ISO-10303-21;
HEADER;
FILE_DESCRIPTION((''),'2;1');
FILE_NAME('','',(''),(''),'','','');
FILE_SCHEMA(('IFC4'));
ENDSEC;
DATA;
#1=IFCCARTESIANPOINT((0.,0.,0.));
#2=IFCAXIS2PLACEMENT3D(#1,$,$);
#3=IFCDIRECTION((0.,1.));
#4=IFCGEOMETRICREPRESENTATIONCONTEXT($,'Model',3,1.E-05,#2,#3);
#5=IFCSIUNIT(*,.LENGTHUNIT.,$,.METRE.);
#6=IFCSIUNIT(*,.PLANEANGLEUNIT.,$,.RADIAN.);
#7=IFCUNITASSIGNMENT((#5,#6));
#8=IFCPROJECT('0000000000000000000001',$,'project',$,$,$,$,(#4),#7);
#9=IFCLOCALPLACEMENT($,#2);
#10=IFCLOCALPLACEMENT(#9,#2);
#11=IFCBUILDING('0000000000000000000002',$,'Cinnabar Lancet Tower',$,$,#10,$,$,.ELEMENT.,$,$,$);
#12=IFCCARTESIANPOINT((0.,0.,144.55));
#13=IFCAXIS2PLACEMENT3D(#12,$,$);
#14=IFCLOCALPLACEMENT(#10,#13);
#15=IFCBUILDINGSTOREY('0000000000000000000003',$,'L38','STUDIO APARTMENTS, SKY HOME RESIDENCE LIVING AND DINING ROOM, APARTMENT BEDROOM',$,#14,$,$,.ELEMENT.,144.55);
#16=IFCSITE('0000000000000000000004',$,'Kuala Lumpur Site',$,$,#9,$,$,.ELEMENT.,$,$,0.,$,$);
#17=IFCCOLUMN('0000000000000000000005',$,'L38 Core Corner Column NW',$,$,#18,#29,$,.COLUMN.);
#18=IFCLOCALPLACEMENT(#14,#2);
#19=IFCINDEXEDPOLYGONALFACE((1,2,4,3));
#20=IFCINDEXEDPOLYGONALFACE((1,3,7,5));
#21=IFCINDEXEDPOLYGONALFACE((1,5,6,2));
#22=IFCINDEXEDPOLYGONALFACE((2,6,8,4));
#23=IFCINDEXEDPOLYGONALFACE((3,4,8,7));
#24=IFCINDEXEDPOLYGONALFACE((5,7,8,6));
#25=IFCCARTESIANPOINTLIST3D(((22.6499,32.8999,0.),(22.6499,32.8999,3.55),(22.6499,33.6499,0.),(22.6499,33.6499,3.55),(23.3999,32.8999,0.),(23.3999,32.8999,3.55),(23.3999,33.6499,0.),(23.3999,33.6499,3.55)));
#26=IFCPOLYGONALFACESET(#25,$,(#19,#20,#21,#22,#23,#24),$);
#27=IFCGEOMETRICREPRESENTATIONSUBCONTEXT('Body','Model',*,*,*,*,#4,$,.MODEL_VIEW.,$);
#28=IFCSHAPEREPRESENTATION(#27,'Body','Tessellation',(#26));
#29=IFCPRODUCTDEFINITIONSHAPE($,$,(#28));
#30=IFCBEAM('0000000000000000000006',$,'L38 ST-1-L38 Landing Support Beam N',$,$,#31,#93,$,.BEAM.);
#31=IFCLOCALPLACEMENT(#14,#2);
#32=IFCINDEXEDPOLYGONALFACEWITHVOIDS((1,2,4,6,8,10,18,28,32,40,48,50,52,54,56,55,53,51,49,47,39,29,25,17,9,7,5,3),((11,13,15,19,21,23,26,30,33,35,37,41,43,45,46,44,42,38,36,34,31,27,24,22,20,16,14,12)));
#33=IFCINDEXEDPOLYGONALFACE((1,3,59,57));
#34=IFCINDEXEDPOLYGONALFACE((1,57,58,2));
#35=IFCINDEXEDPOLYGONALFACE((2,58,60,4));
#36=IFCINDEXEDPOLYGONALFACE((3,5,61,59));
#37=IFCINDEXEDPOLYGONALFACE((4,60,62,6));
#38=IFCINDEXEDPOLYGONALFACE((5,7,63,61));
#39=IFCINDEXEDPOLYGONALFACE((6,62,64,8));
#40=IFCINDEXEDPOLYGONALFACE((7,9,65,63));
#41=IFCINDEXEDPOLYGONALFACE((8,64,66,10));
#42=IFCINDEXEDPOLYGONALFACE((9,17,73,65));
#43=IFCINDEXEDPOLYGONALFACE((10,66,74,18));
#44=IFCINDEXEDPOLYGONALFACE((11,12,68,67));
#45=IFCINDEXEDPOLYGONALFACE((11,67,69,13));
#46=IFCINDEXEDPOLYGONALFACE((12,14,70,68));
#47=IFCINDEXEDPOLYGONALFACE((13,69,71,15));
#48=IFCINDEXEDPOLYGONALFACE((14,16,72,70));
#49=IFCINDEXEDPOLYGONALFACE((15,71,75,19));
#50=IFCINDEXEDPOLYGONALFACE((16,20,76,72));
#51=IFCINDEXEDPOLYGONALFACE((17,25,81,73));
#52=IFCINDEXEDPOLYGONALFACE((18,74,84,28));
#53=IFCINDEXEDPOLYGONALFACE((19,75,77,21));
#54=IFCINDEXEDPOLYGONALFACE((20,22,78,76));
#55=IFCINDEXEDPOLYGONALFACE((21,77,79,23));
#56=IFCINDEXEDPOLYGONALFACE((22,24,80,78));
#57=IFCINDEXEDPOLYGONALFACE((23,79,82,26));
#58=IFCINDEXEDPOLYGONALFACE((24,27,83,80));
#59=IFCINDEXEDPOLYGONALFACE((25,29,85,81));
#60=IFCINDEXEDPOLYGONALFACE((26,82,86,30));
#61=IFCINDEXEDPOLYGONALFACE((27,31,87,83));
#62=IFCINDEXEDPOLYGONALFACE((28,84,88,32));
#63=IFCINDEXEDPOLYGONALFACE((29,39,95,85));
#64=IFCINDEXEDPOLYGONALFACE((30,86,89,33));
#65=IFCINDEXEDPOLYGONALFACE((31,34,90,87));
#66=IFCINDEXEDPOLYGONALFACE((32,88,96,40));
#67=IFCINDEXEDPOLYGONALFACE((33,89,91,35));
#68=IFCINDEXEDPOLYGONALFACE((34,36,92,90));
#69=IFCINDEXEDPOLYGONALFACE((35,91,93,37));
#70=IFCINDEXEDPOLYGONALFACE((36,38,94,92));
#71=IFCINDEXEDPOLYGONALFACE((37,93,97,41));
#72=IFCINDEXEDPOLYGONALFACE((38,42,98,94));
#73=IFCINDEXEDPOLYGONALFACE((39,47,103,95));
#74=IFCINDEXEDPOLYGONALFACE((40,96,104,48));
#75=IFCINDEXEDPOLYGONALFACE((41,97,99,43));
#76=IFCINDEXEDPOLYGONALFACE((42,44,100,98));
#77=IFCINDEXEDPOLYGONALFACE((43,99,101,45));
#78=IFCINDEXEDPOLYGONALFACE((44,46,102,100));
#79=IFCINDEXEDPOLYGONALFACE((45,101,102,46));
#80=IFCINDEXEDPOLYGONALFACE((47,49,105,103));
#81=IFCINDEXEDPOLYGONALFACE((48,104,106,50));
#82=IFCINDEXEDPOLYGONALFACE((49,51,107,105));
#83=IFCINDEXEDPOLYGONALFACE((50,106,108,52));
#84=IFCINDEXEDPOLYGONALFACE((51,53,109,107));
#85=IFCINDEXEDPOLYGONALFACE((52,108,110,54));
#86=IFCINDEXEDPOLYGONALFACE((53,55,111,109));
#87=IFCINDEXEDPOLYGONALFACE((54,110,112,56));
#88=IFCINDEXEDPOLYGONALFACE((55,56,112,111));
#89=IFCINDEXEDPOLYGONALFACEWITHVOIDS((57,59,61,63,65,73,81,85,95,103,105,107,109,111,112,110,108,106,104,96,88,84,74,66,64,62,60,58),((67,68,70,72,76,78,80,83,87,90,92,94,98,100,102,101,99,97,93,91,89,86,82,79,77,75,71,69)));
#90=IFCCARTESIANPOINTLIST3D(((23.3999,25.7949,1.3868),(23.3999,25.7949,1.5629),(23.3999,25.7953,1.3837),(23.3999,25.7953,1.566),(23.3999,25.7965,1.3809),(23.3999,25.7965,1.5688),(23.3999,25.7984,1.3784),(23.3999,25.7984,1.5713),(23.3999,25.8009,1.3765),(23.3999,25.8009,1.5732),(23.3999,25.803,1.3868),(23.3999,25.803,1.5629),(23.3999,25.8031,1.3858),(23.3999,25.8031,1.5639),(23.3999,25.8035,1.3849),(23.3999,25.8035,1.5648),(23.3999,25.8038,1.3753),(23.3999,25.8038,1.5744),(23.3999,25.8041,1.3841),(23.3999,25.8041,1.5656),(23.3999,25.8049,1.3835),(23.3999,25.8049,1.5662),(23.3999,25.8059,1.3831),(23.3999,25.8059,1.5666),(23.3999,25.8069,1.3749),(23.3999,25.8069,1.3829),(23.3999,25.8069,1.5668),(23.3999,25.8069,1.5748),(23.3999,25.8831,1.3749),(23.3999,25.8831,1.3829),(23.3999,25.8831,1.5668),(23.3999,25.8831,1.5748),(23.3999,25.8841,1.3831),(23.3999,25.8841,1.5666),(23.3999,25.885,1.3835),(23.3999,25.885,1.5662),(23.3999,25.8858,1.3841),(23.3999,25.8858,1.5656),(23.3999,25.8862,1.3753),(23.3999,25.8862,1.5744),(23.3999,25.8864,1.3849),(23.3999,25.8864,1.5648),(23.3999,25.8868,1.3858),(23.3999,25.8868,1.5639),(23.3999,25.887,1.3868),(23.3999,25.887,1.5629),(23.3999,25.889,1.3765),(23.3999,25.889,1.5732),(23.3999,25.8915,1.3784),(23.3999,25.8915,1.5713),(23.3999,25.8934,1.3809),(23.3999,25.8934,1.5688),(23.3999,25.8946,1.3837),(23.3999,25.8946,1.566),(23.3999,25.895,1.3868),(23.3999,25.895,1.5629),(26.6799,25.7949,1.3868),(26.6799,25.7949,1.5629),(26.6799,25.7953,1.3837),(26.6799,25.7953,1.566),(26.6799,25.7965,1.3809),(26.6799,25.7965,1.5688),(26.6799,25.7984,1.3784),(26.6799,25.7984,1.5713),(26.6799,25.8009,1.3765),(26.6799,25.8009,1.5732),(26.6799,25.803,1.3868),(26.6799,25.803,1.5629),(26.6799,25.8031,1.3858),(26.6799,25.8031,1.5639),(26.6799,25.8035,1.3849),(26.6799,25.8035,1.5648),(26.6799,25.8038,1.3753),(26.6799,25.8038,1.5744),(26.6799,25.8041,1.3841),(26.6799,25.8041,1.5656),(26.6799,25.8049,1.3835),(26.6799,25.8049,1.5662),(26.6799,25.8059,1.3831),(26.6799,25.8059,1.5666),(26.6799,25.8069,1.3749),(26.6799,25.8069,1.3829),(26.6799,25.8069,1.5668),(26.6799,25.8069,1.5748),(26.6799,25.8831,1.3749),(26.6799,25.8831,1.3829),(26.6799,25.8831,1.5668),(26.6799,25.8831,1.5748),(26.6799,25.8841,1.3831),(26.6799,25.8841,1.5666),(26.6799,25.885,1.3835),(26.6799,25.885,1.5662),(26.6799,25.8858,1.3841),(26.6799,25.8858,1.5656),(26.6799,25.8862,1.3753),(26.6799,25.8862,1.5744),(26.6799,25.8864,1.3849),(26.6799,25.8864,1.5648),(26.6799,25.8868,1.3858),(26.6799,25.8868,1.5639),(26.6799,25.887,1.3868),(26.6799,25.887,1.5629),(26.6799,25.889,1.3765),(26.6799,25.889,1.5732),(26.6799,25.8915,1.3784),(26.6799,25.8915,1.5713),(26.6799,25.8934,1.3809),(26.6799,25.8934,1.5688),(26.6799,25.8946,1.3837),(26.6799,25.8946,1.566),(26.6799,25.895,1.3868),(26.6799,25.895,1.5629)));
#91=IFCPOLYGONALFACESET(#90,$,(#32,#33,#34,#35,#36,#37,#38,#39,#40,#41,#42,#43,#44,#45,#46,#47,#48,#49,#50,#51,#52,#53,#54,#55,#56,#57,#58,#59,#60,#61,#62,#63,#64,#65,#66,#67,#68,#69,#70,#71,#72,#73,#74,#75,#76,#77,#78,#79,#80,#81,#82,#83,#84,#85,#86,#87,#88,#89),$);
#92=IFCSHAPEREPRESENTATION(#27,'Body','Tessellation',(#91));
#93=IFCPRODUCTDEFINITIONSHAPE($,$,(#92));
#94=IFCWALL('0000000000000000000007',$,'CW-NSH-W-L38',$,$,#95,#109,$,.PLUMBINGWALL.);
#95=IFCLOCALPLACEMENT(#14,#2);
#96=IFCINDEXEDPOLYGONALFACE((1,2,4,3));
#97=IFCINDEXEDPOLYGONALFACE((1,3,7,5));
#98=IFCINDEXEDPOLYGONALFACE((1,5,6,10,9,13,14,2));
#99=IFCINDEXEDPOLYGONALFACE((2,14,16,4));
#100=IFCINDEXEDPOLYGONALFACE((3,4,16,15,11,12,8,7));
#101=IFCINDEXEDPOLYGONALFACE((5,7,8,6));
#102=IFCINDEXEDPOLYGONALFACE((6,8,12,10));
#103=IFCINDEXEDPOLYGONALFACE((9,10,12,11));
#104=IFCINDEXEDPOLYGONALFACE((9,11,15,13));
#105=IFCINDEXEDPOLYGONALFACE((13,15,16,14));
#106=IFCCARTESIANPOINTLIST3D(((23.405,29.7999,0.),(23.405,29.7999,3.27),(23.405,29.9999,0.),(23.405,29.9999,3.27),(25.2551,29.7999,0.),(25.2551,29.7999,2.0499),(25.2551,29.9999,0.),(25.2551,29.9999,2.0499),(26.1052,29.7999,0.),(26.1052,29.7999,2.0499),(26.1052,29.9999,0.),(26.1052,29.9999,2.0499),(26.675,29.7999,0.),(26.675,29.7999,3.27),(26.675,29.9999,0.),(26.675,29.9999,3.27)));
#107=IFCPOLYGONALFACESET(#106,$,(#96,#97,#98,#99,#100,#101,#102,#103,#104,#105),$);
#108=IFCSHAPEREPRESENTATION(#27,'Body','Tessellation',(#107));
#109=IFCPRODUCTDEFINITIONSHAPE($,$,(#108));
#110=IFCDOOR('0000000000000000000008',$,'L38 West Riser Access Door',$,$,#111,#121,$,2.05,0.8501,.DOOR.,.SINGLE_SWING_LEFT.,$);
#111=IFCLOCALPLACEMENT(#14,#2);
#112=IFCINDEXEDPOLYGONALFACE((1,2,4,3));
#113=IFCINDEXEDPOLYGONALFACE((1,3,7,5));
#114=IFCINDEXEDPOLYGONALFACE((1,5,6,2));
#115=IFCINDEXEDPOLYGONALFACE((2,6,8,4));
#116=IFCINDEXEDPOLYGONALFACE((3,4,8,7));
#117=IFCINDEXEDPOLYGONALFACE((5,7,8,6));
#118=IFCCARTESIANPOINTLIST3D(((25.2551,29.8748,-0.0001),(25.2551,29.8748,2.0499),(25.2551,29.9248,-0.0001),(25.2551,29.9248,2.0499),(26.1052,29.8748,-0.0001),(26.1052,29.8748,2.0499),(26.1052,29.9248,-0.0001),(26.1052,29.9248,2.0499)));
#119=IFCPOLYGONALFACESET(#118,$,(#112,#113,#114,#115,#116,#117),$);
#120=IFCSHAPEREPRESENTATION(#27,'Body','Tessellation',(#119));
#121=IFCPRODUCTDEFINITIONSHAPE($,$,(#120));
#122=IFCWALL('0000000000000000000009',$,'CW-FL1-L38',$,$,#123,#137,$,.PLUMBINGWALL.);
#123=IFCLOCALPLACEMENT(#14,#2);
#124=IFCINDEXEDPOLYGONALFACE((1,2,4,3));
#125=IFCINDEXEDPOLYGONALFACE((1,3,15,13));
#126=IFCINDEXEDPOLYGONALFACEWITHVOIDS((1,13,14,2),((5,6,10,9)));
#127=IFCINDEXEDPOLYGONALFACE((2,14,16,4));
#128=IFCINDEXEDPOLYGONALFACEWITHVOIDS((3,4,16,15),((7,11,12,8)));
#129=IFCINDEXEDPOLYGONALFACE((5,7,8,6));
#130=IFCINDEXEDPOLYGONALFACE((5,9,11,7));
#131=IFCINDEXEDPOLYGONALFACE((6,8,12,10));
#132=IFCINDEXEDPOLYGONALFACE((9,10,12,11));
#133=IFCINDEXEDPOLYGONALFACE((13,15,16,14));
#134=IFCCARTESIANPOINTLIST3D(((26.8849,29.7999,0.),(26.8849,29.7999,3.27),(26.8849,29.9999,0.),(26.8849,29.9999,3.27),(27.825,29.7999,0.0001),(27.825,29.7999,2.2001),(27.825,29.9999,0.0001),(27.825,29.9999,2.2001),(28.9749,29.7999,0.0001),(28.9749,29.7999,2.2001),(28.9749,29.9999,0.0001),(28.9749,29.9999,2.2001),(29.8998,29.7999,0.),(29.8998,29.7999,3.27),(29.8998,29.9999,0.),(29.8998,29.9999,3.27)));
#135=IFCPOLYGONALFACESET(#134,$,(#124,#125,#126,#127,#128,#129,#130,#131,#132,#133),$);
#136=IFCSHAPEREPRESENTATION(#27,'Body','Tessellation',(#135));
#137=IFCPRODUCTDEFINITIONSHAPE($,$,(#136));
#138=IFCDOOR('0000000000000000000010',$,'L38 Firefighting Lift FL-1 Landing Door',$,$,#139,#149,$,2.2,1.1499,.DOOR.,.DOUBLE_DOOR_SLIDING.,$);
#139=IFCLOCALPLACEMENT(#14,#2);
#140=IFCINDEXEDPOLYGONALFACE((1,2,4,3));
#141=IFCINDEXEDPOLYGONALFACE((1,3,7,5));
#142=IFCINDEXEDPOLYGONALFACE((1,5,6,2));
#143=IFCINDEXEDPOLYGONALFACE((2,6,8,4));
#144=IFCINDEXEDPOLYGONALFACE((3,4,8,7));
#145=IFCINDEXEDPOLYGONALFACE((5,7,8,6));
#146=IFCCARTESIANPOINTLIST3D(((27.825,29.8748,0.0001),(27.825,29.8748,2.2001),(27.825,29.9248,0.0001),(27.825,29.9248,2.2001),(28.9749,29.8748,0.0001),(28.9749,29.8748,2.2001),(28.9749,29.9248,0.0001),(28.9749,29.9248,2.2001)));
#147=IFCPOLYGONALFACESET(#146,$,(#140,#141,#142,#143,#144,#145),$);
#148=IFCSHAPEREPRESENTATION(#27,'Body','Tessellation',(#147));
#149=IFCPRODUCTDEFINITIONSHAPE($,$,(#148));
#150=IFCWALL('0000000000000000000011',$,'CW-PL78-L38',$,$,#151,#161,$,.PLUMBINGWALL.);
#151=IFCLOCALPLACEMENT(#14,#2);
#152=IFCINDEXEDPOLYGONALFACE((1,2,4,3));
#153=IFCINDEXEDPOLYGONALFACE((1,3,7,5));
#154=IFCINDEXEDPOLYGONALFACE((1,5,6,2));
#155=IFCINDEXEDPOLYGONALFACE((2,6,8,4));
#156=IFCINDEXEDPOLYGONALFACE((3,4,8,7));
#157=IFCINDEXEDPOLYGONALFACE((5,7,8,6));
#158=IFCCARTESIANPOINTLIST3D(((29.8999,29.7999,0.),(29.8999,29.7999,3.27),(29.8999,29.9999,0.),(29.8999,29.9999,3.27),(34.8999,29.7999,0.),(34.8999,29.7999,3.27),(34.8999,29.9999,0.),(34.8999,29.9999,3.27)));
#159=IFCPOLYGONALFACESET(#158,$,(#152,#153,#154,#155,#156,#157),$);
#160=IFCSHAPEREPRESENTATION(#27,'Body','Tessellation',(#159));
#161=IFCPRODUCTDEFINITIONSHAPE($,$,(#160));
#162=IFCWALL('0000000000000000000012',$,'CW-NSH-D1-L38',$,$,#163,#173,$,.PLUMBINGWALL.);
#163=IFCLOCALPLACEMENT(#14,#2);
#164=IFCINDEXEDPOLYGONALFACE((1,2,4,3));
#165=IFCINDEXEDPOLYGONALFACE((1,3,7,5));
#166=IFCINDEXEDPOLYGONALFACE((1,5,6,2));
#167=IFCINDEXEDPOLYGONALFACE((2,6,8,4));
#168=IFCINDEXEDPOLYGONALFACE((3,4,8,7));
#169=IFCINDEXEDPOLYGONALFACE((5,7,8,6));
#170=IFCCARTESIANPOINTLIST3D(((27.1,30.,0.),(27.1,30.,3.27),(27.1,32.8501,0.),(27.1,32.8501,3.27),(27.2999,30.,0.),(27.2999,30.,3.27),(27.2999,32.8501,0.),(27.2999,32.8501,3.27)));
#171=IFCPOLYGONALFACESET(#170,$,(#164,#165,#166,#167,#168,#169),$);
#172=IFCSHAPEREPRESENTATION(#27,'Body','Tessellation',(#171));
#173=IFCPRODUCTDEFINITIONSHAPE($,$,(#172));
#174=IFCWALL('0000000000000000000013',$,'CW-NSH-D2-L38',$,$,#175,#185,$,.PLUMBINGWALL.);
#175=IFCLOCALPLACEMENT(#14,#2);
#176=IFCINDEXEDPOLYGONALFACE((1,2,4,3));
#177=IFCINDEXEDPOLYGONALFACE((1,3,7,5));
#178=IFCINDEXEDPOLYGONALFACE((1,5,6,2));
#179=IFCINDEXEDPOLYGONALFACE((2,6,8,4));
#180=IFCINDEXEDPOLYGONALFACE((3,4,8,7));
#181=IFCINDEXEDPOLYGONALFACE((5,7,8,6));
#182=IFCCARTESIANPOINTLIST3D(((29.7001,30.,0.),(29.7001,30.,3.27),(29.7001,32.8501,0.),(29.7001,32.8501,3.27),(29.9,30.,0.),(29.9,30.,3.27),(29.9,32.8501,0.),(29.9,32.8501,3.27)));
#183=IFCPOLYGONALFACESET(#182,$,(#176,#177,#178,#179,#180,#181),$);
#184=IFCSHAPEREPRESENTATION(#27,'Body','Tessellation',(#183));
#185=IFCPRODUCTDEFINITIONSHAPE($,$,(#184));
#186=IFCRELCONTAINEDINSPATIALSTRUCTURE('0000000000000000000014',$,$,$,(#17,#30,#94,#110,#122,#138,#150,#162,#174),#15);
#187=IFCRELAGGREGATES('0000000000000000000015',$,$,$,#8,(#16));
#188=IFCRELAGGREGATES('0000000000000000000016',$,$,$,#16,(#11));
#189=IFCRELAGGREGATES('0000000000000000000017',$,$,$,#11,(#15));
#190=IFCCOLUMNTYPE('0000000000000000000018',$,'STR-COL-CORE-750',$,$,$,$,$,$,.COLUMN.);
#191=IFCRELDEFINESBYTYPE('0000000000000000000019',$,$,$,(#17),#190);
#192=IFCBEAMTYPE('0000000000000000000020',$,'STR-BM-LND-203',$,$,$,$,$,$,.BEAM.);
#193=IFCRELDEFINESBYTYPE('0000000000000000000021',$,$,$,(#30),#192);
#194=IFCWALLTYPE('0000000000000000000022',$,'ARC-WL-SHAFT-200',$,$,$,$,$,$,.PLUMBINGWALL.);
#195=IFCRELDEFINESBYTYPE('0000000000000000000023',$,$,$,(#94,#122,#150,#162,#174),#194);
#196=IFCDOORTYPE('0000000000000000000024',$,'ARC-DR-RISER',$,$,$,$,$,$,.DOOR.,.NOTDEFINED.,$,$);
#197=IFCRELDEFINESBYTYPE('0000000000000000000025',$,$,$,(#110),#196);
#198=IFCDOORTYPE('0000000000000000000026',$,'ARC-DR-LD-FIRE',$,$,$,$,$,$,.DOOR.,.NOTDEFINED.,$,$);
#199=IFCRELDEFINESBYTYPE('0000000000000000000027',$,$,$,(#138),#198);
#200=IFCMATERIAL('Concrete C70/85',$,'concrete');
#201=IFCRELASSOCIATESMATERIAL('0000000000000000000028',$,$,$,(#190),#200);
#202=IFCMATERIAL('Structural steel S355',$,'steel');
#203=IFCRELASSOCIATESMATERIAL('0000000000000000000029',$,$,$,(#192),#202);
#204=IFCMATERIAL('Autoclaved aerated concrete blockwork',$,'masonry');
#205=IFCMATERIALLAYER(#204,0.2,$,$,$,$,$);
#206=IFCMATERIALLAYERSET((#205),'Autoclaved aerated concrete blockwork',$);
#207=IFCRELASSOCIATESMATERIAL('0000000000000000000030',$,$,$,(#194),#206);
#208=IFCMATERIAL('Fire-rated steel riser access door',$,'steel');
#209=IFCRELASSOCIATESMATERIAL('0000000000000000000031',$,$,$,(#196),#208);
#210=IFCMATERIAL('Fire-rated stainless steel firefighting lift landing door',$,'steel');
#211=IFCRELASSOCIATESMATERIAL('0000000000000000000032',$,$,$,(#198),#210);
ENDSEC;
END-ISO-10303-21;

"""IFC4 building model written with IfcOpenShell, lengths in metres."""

from ifc_helpers import new_model, si_unit, direction, frame, frame_2d, origin, origin_2d, place, context, subcontext, project, spatial, rectangle, hollow_rectangle, extrude, material, layer, layer_set, material_profile, profile_set, type_object, element, fill, save


model = new_model("IFC4")

# Units and contexts
model_context = context("Model", 3, precision=1e-05, world=origin(), true_north=direction((0.0, 1.0)))
body_context = subcontext(model_context, "Body", "Model", "MODEL_VIEW")
ifc_project = project(units=[si_unit("LENGTHUNIT", "METRE"), si_unit("PLANEANGLEUNIT", "RADIAN")], contexts=[model_context])

# Site, building, storey
site_placement = place(None, origin())
site = spatial("IfcSite", under=ifc_project, at=site_placement, Name="Kuala Lumpur Site", CompositionType="ELEMENT", RefElevation=0.0)
building_placement = place(site_placement, origin())
building = spatial("IfcBuilding", under=site, at=building_placement, Name="Cinnabar Lancet Tower", CompositionType="ELEMENT")
storey_placement = place(building_placement, frame((0.0, 0.0, 144.55)))
storey = spatial("IfcBuildingStorey", under=building, at=storey_placement, Name="L38", Description="STUDIO APARTMENTS, SKY HOME RESIDENCE LIVING AND DINING ROOM, APARTMENT BEDROOM", CompositionType="ELEMENT", Elevation=144.55)

# Column
ifc_material_1 = material(Name="Concrete C70/85", Category="concrete")
ifc_material_profile_1 = material_profile(ifc_material_1, rectangle(XDim=0.75, YDim=0.75, at=origin_2d()), Name="RC-COL 750x750")
ifc_profile_set_1 = profile_set([ifc_material_profile_1], Name="Concrete C70/85")
column_type = type_object("IfcColumnType", Name="STR-COL-CORE-750", PredefinedType="COLUMN", material=ifc_profile_set_1)
column_placement = place(storey_placement, frame((23.0249, 33.2749, 0.0), z_axis=(0.0, 0.0, 1.0), x_axis=(1.0, 0.0, 0.0)))
element("IfcColumn", 1, at=column_placement, inside=storey, type_object=column_type, Name="L38 Core Corner Column NW", PredefinedType="COLUMN", context=body_context, shape_type="SweptSolid", body=[
    extrude(rectangle(XDim=0.75, YDim=0.75, at=origin_2d()), origin(), (0.0, 0.0, 1.0), 3.55),
])

# Beam
ifc_material_2 = material(Name="Structural steel S355", Category="steel")
ifc_material_profile_2 = material_profile(ifc_material_2, hollow_rectangle(XDim=0.1001, YDim=0.2, WallThickness=0.0081, InnerFilletRadius=0.0039, OuterFilletRadius=0.012, at=origin_2d()), Name="RHS 200x100x8")
ifc_profile_set_2 = profile_set([ifc_material_profile_2], Name="Structural steel S355")
beam_type = type_object("IfcBeamType", Name="STR-BM-LND-203", PredefinedType="BEAM", material=ifc_profile_set_2)
beam_placement = place(storey_placement, frame((23.3999, 25.845, 1.4749), z_axis=(1.0, 0.0, 0.0), x_axis=(0.0, 1.0, 0.0)))
element("IfcBeam", 2, at=beam_placement, inside=storey, type_object=beam_type, Name="L38 ST-1-L38 Landing Support Beam N", PredefinedType="BEAM", context=body_context, shape_type="SweptSolid", body=[
    extrude(hollow_rectangle(XDim=0.1001, YDim=0.2, WallThickness=0.0081, InnerFilletRadius=0.0039, OuterFilletRadius=0.012, at=origin_2d()), origin(), (0.0, 0.0, 1.0), 3.28),
])

# Walls, openings, doors
ifc_material_3 = material(Name="Autoclaved aerated concrete blockwork", Category="masonry")
ifc_layer_1 = layer(ifc_material_3, 0.2)
ifc_layer_set_1 = layer_set([ifc_layer_1], Name="Autoclaved aerated concrete blockwork")
wall_type_1 = type_object("IfcWallType", Name="ARC-WL-SHAFT-200", PredefinedType="PLUMBINGWALL", material=ifc_layer_set_1)
wall_1_placement = place(storey_placement, frame((23.405, 29.8999, 0.0), z_axis=(0.0, 0.0, 1.0), x_axis=(1.0, 0.0, 0.0)))
wall_1 = element("IfcWall", 3, at=wall_1_placement, inside=storey, type_object=wall_type_1, Name="CW-NSH-W-L38", PredefinedType="PLUMBINGWALL", context=body_context, shape_type="SweptSolid", body=[
    extrude(rectangle(XDim=3.27, YDim=0.2, at=frame_2d((1.635, 0.0))), origin(), (0.0, 0.0, 1.0), 3.27),
])
opening_1_placement = place(wall_1_placement, frame((1.8501, 0.0, 0.0)))
opening_1 = element("IfcOpeningElement", 4, at=opening_1_placement, cuts=wall_1, PredefinedType="OPENING", context=body_context, shape_type="SweptSolid", body=[
    extrude(rectangle(XDim=0.8501, YDim=2.05, at=frame_2d((0.425, 1.0249))), frame((0.0, 0.1099, 0.0), z_axis=(0.0, -1.0, 0.0), x_axis=(1.0, 0.0, 0.0)), (0.0, 0.0, 1.0), 0.22),
])
ifc_material_4 = material(Name="Fire-rated steel riser access door", Category="steel")
door_type_1 = type_object("IfcDoorType", Name="ARC-DR-RISER", OperationType="NOTDEFINED", PredefinedType="DOOR", material=ifc_material_4)
door_1_placement = place(opening_1_placement, origin())
door_1 = element("IfcDoor", 5, at=door_1_placement, inside=storey, type_object=door_type_1, Name="L38 West Riser Access Door", OperationType="SINGLE_SWING_LEFT", OverallHeight=2.05, OverallWidth=0.8501, PredefinedType="DOOR", context=body_context, shape_type="SweptSolid", body=[
    extrude(rectangle(XDim=0.8501, YDim=2.05, at=frame_2d((0.425, 1.0249))), frame((0.0, 0.0249, 0.0), z_axis=(0.0, -1.0, 0.0), x_axis=(1.0, 0.0, 0.0)), (0.0, 0.0, 1.0), 0.05),
])
fill(opening_1, door_1)
wall_2_placement = place(storey_placement, frame((26.885, 29.8999, 0.0), z_axis=(0.0, 0.0, 1.0), x_axis=(1.0, 0.0, 0.0)))
wall_2 = element("IfcWall", 6, at=wall_2_placement, inside=storey, type_object=wall_type_1, Name="CW-FL1-L38", PredefinedType="PLUMBINGWALL", context=body_context, shape_type="SweptSolid", body=[
    extrude(rectangle(XDim=3.0149, YDim=0.2, at=frame_2d((1.5073, 0.0))), origin(), (0.0, 0.0, 1.0), 3.27),
])
opening_2_placement = place(wall_2_placement, frame((0.9399, 0.0, 0.0)))
opening_2 = element("IfcOpeningElement", 7, at=opening_2_placement, cuts=wall_2, PredefinedType="OPENING", context=body_context, shape_type="SweptSolid", body=[
    extrude(rectangle(XDim=1.1499, YDim=2.2, at=frame_2d((0.575, 1.1001))), frame((0.0, 0.1099, 0.0), z_axis=(0.0, -1.0, 0.0), x_axis=(1.0, 0.0, 0.0)), (0.0, 0.0, 1.0), 0.22),
])
ifc_material_5 = material(Name="Fire-rated stainless steel firefighting lift landing door", Category="steel")
door_type_2 = type_object("IfcDoorType", Name="ARC-DR-LD-FIRE", OperationType="NOTDEFINED", PredefinedType="DOOR", material=ifc_material_5)
door_2_placement = place(opening_2_placement, origin())
door_2 = element("IfcDoor", 8, at=door_2_placement, inside=storey, type_object=door_type_2, Name="L38 Firefighting Lift FL-1 Landing Door", OperationType="DOUBLE_DOOR_SLIDING", OverallHeight=2.2, OverallWidth=1.1499, PredefinedType="DOOR", context=body_context, shape_type="SweptSolid", body=[
    extrude(rectangle(XDim=1.1499, YDim=2.2, at=frame_2d((0.575, 1.1001))), frame((0.0, 0.0249, 0.0), z_axis=(0.0, -1.0, 0.0), x_axis=(1.0, 0.0, 0.0)), (0.0, 0.0, 1.0), 0.05),
])
fill(opening_2, door_2)

# Walls
wall_3_placement = place(storey_placement, frame((29.8999, 29.8999, 0.0), z_axis=(0.0, 0.0, 1.0), x_axis=(1.0, 0.0, 0.0)))
element("IfcWall", 9, at=wall_3_placement, inside=storey, type_object=wall_type_1, Name="CW-PL78-L38", PredefinedType="PLUMBINGWALL", context=body_context, shape_type="SweptSolid", body=[
    extrude(rectangle(XDim=5.0, YDim=0.2, at=frame_2d((2.5, 0.0))), origin(), (0.0, 0.0, 1.0), 3.27),
])
for number, where, z_axis, x_axis, name in (
    (10, (27.2, 30.0, 0.0), (0.0, 0.0, 1.0), (0.0, 1.0, 0.0), "CW-NSH-D1-L38"),
    (11, (29.8, 30.0, 0.0), (0.0, 0.0, 1.0), (0.0, 1.0, 0.0), "CW-NSH-D2-L38"),
):
    element("IfcWall", number, at=place(storey_placement, frame(where, z_axis=z_axis, x_axis=x_axis)), inside=storey, type_object=wall_type_1, Name=name, PredefinedType="PLUMBINGWALL", context=body_context, shape_type="SweptSolid", body=[
        extrude(rectangle(XDim=2.8501, YDim=0.2, at=frame_2d((1.425, 0.0))), origin(), (0.0, 0.0, 1.0), 3.27),
    ])

save(model, "model.ifc")
